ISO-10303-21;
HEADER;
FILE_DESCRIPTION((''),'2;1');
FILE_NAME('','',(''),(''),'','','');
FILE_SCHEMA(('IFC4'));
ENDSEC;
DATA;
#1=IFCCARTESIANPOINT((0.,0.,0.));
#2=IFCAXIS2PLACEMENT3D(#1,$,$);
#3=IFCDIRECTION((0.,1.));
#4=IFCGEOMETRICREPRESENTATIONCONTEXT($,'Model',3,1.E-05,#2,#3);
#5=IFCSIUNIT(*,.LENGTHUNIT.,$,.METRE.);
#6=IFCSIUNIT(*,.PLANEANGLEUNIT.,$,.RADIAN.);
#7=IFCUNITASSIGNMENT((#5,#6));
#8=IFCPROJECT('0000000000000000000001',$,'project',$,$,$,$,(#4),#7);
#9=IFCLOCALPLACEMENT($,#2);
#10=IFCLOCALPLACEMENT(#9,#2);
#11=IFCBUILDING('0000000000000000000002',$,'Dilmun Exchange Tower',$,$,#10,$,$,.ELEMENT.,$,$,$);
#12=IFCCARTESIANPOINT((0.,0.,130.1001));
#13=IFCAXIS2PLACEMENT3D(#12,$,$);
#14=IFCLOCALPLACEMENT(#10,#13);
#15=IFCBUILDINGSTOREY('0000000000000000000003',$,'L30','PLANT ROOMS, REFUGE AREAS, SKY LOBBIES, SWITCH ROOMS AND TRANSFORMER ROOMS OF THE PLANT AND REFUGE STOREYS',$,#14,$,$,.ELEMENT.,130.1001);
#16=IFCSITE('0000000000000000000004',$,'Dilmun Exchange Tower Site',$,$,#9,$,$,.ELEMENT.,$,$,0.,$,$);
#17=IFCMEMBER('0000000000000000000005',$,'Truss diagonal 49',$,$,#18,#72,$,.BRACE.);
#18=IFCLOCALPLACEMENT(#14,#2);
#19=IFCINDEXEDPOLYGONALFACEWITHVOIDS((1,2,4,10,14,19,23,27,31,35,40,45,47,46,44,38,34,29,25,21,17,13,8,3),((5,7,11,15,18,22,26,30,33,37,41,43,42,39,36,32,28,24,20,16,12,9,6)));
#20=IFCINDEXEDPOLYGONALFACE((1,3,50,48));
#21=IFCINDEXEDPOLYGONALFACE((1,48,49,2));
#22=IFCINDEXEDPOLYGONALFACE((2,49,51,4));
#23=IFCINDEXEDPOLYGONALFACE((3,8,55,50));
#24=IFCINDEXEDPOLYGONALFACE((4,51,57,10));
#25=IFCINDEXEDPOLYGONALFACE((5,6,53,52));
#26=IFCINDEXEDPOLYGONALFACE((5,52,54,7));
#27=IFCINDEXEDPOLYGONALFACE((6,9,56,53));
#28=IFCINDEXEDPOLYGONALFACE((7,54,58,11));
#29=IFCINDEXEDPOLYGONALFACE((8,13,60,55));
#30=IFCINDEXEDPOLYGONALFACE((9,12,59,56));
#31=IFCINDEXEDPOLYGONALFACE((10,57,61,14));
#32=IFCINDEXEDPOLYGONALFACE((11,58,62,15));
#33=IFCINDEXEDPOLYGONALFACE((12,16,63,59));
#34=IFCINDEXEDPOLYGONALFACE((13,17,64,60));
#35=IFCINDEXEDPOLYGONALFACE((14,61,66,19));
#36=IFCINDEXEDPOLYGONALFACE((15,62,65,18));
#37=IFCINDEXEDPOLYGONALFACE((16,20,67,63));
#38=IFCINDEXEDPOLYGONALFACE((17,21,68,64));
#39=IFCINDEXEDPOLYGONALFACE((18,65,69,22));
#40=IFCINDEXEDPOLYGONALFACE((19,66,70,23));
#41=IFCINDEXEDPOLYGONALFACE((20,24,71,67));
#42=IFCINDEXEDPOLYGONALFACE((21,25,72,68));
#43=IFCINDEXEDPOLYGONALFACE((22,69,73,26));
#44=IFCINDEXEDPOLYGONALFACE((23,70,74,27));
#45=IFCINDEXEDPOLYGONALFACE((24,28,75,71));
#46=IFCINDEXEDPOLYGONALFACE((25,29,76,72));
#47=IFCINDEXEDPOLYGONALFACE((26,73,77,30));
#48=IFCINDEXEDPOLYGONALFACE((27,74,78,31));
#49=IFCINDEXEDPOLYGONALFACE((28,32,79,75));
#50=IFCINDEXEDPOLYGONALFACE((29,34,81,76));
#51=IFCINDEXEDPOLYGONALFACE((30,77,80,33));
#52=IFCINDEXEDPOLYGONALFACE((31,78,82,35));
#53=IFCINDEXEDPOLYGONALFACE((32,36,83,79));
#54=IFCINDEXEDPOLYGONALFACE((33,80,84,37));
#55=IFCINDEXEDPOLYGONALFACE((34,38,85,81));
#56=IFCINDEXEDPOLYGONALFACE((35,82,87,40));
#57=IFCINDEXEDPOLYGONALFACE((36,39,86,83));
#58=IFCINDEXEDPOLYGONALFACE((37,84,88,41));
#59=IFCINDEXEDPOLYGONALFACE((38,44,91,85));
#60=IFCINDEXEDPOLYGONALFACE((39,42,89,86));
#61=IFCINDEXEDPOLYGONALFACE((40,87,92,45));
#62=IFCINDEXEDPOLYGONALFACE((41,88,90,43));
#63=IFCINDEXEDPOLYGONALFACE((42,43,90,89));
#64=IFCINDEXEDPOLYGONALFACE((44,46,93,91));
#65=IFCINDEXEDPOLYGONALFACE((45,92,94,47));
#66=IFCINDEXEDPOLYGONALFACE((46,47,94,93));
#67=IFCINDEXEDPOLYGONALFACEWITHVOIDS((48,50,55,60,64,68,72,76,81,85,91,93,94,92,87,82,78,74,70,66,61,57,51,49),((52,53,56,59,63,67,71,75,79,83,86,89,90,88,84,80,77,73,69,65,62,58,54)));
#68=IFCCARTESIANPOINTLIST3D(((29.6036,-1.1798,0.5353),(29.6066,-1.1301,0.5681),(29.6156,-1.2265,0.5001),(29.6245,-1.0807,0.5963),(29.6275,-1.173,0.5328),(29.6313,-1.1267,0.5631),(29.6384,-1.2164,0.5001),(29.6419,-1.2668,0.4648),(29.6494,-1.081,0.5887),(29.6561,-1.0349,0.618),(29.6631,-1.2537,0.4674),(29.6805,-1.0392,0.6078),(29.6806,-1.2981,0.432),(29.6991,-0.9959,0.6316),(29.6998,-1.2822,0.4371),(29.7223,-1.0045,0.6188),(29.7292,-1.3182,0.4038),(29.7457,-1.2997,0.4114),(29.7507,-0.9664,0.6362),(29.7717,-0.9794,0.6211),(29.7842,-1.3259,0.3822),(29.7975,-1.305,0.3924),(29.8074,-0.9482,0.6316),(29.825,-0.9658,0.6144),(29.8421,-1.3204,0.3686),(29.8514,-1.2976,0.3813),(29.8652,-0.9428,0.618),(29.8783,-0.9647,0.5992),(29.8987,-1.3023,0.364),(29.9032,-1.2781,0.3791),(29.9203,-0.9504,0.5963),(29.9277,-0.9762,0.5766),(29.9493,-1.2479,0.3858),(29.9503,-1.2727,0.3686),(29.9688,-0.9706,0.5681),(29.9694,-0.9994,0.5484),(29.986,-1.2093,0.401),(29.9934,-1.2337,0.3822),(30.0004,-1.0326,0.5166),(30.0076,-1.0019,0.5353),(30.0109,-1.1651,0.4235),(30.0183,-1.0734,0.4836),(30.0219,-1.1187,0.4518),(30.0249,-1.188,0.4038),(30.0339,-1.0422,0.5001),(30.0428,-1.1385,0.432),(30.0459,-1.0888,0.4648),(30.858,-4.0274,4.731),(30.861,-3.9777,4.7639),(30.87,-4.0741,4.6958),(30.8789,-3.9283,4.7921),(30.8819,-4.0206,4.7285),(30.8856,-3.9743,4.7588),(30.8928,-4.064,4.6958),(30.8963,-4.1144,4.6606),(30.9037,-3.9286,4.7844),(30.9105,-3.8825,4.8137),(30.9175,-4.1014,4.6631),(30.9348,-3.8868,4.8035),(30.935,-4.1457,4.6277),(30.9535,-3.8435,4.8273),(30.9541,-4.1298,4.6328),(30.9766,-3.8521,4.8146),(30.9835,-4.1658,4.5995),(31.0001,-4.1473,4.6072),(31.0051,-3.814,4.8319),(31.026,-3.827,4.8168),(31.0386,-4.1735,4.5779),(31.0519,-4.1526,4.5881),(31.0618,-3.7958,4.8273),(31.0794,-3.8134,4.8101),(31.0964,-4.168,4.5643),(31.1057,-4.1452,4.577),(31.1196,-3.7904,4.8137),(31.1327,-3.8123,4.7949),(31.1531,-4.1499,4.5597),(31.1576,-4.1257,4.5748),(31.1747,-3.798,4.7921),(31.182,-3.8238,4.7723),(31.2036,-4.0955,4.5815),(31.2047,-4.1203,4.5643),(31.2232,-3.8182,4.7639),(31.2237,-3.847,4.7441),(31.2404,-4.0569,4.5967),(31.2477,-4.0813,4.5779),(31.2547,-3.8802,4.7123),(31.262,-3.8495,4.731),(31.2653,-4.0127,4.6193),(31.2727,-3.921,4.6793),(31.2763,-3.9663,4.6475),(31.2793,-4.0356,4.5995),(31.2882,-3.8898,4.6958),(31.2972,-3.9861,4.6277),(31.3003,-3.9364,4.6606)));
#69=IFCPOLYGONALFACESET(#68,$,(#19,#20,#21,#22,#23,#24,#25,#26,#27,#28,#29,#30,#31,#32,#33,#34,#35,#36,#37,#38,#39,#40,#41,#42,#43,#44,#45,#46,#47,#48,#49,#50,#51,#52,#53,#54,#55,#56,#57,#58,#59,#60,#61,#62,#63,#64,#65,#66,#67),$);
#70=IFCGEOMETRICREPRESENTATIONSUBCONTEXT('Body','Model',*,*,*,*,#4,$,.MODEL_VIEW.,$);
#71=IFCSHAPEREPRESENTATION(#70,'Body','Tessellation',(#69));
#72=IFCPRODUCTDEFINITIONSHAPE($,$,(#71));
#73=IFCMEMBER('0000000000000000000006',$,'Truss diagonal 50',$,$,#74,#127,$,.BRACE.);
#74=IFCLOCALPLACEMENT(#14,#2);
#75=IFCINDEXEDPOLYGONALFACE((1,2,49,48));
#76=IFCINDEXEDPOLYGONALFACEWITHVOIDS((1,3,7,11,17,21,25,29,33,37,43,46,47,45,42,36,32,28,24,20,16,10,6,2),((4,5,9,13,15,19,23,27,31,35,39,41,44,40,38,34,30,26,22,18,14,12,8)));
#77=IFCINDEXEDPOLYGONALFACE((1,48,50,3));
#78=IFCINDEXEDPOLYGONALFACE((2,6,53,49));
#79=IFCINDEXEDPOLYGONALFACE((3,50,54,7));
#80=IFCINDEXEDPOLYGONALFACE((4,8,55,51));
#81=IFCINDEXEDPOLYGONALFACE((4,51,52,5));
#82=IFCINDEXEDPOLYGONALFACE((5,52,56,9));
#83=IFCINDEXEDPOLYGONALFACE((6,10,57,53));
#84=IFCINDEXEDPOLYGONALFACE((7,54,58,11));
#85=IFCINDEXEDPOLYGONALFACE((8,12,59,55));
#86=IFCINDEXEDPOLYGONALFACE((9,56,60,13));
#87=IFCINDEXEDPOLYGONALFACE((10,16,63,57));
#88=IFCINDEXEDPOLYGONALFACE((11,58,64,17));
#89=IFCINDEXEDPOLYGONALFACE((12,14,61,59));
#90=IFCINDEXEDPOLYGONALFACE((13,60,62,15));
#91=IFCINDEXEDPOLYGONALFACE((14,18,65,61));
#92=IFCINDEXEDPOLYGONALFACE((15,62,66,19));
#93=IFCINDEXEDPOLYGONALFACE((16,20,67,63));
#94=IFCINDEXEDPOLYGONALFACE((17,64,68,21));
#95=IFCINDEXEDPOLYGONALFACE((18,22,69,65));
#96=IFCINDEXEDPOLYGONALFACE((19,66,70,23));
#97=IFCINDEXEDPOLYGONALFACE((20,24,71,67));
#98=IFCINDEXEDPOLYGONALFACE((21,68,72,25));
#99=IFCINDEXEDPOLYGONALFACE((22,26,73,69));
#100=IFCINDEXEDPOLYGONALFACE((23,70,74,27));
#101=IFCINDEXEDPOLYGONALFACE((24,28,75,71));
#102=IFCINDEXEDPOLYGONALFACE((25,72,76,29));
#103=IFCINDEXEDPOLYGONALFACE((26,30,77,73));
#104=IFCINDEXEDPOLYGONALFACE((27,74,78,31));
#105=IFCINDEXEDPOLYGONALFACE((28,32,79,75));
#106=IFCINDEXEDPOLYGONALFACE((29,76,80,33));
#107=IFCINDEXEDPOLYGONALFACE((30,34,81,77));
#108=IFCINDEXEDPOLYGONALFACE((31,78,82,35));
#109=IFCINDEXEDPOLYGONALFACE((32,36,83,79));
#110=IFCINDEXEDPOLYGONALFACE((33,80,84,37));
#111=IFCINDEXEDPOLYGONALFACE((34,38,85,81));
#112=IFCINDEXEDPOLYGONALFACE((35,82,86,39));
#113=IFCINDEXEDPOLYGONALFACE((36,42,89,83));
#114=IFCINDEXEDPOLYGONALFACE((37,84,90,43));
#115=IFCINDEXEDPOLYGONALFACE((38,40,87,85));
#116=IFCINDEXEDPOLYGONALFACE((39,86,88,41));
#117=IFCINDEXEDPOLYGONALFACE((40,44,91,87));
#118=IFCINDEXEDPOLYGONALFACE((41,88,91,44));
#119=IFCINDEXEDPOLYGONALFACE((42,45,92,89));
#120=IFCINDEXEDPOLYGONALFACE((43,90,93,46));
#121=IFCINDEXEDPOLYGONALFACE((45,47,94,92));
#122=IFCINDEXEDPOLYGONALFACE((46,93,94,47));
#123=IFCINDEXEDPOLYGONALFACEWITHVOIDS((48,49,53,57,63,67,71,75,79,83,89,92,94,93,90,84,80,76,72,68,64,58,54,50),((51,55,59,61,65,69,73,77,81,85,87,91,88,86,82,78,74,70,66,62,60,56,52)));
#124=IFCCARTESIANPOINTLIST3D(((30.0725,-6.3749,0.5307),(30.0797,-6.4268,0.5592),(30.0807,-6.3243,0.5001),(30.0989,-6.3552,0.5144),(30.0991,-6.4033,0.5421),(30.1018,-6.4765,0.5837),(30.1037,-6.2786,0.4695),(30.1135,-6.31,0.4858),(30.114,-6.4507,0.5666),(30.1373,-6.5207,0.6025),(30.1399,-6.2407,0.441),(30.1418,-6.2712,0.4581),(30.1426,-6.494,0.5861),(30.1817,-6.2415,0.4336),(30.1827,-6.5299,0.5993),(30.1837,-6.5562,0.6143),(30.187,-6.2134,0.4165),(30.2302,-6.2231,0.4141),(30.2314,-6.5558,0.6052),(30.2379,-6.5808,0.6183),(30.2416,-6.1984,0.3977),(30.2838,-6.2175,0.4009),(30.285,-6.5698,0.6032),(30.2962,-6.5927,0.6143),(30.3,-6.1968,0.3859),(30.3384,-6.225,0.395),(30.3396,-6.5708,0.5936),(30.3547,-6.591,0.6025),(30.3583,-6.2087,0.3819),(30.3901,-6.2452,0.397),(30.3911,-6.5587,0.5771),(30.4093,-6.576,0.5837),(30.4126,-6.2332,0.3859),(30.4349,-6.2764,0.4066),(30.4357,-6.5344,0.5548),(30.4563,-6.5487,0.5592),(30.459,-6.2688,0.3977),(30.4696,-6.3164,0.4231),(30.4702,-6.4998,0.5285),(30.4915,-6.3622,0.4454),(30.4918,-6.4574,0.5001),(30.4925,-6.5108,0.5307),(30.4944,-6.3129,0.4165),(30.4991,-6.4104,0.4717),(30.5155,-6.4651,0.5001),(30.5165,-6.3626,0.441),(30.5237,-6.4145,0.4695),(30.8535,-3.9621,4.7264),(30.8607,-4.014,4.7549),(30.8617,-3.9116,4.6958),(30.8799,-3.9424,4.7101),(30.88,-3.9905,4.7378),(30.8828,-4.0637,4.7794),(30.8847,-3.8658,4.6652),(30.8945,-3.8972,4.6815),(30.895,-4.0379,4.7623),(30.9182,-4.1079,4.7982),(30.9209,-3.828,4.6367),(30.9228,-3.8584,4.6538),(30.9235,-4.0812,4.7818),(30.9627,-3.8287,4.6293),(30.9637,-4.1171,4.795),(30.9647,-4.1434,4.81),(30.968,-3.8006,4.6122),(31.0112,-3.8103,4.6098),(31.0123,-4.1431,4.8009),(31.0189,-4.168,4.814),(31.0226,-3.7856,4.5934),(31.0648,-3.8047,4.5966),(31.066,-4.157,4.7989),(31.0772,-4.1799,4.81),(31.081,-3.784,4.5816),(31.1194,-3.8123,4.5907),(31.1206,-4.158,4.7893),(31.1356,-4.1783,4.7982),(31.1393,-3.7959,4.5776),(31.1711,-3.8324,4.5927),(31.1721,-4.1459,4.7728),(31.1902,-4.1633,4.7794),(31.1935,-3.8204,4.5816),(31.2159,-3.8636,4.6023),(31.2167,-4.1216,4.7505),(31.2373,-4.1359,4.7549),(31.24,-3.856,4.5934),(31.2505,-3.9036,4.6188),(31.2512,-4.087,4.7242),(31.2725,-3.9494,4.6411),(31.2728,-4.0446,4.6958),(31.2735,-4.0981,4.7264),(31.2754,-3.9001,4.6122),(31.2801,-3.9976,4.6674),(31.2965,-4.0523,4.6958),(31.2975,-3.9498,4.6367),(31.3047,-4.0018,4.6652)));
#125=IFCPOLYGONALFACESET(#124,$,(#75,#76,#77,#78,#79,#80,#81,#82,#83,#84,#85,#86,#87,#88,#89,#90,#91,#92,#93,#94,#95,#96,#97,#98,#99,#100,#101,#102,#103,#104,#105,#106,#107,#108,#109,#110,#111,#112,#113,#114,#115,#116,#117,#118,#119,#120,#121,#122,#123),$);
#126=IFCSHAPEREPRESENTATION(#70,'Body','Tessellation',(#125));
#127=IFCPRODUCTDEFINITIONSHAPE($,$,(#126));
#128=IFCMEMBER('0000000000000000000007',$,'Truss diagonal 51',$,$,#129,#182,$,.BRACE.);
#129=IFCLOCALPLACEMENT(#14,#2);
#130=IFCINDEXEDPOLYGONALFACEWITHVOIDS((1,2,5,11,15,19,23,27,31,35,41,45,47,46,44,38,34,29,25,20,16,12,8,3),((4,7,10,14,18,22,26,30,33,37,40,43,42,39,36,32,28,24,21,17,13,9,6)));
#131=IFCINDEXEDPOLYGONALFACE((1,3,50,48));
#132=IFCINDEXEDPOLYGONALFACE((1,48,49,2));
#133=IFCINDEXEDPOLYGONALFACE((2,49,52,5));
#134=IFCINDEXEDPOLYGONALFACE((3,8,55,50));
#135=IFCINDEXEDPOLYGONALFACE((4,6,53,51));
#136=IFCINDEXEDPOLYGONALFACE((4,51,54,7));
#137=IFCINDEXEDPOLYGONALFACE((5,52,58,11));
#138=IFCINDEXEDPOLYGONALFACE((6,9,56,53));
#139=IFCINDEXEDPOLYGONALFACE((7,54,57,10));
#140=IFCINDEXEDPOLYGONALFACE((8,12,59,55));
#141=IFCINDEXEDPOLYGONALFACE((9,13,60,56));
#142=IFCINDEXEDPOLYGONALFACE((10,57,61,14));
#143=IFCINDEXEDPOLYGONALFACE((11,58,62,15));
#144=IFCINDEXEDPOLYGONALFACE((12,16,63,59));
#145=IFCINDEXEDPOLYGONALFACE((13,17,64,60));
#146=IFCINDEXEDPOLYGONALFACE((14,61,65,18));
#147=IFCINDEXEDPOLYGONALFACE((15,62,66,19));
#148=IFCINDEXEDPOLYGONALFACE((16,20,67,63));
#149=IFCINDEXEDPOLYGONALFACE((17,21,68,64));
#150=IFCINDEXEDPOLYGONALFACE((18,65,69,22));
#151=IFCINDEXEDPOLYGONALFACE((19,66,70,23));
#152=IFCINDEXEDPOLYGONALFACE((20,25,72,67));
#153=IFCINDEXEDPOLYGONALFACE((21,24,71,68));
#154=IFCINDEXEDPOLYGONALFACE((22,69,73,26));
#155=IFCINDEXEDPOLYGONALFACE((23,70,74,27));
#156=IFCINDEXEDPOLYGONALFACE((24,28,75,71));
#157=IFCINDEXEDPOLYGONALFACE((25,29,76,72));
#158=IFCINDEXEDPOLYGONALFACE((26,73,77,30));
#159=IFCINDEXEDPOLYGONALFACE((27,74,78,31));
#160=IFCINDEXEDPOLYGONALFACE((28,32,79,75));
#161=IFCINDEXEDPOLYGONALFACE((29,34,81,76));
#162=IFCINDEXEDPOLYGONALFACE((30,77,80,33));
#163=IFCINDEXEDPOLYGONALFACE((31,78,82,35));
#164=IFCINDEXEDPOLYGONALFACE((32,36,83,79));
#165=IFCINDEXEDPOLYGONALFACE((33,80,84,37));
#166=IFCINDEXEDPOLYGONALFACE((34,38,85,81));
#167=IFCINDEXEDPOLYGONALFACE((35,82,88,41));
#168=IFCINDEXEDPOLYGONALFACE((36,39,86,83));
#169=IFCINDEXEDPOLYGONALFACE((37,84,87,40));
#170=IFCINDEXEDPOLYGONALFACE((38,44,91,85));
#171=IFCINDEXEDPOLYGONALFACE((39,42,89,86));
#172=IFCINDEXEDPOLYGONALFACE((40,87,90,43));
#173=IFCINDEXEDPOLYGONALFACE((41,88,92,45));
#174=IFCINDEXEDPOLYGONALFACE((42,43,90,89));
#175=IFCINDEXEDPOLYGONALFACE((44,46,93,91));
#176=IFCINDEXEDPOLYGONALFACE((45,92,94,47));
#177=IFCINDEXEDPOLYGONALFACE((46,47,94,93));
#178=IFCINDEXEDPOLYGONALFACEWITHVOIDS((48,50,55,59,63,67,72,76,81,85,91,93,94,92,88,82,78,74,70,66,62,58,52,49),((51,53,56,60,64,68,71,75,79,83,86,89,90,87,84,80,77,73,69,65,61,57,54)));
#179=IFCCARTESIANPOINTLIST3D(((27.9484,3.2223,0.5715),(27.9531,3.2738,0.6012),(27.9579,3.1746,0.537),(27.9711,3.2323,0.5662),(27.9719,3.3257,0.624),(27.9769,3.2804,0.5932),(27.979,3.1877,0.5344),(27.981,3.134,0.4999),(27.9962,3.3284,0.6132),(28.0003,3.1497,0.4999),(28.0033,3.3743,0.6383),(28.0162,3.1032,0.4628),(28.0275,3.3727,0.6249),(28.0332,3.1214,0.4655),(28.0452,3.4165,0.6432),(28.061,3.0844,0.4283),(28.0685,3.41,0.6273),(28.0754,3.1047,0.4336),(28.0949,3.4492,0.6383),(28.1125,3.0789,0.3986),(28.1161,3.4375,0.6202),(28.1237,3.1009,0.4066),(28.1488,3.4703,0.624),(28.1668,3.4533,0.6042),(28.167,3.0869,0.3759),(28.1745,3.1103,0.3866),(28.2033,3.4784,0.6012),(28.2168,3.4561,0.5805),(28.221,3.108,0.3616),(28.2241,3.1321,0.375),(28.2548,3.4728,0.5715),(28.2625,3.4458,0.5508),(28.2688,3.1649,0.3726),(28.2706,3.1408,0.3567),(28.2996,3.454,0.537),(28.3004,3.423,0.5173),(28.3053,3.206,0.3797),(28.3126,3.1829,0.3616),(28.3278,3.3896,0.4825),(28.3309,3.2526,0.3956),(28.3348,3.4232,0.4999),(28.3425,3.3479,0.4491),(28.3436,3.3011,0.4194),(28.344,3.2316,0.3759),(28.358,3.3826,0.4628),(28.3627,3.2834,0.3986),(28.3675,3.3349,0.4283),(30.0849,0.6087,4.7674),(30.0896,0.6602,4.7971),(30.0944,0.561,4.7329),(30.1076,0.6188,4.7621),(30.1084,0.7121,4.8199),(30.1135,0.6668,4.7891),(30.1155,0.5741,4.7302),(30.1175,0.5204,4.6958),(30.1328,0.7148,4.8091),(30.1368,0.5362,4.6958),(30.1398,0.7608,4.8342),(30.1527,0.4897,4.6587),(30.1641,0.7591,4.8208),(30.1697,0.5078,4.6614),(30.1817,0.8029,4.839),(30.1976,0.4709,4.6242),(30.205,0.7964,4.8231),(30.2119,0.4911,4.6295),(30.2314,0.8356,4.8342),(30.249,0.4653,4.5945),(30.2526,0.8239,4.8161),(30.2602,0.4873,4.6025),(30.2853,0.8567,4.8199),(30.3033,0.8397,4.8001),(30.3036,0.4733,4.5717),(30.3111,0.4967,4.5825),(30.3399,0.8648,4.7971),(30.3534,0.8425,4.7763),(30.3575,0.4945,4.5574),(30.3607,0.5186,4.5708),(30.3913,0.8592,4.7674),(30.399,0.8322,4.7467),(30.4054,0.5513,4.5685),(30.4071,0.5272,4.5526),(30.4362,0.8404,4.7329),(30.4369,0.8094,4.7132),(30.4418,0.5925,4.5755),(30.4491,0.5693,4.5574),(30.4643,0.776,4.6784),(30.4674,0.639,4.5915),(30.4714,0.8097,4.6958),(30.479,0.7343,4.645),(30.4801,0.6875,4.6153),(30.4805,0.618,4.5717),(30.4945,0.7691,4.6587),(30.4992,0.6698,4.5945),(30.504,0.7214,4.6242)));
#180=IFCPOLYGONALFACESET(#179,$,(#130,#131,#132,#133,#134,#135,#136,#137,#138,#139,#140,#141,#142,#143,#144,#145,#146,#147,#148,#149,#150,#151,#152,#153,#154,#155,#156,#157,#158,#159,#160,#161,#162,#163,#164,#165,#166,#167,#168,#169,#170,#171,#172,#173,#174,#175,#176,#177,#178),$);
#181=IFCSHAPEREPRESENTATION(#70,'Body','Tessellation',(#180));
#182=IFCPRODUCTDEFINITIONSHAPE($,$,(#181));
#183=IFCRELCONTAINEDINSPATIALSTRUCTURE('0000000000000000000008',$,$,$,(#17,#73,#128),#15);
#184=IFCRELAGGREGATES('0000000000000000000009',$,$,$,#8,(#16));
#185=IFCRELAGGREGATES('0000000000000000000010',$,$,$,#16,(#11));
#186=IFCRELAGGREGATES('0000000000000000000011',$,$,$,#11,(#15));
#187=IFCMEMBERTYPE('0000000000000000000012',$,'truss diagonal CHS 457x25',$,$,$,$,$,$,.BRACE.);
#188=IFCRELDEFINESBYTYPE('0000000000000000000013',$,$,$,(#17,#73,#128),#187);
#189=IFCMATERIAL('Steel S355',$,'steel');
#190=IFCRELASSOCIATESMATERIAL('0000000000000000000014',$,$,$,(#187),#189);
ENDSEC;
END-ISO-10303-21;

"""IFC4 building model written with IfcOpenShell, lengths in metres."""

from ifc_helpers import new_model, si_unit, direction, frame, origin, origin_2d, place, context, subcontext, project, spatial, hollow_circle, extrude, material, material_profile, profile_set, type_object, element, save


model = new_model("IFC4")

# Units and contexts
model_context = context("Model", 3, precision=1e-05, world=origin(), true_north=direction((0.0, 1.0)))
body_context = subcontext(model_context, "Body", "Model", "MODEL_VIEW")
ifc_project = project(units=[si_unit("LENGTHUNIT", "METRE"), si_unit("PLANEANGLEUNIT", "RADIAN")], contexts=[model_context])

# Site, building, storey
site_placement = place(None, origin())
site = spatial("IfcSite", under=ifc_project, at=site_placement, Name="Dilmun Exchange Tower Site", CompositionType="ELEMENT", RefElevation=0.0)
building_placement = place(site_placement, origin())
building = spatial("IfcBuilding", under=site, at=building_placement, Name="Dilmun Exchange Tower", CompositionType="ELEMENT")
storey_placement = place(building_placement, frame((0.0, 0.0, 130.1001)))
storey = spatial("IfcBuildingStorey", under=building, at=storey_placement, Name="L30", Description="PLANT ROOMS, REFUGE AREAS, SKY LOBBIES, SWITCH ROOMS AND TRANSFORMER ROOMS OF THE PLANT AND REFUGE STOREYS", CompositionType="ELEMENT", Elevation=130.1001)

# Shared definitions
ifc_material_1 = material(Name="Steel S355", Category="steel")

# Members
ifc_material_profile_1 = material_profile(ifc_material_1, hollow_circle(Radius=0.2285, WallThickness=0.0249, at=origin_2d()), Name="CHS 457x25")
ifc_profile_set_1 = profile_set([ifc_material_profile_1], Name="Steel S355")
member_type = type_object("IfcMemberType", Name="truss diagonal CHS 457x25", PredefinedType="BRACE", material=ifc_profile_set_1)
member_1_placement = place(storey_placement, frame((31.0791, -3.9819, 4.6958), z_axis=(-0.240134, 0.545138, -0.803219), x_axis=(-0.915146, -0.403122, 0.0)))
element("IfcMember", 1, at=member_1_placement, inside=storey, type_object=member_type, Name="Truss diagonal 49", PredefinedType="BRACE", context=body_context, shape_type="SweptSolid", body=[
    extrude(hollow_circle(Radius=0.2285, WallThickness=0.0249, at=origin_2d()), origin(), (0.0, 0.0, 1.0), 5.2236),
])
member_2_placement = place(storey_placement, frame((31.0791, -3.9819, 4.6958), z_axis=(-0.159301, -0.492145, -0.855813), x_axis=(0.951401, -0.307956, 0.0)))
element("IfcMember", 2, at=member_2_placement, inside=storey, type_object=member_type, Name="Truss diagonal 50", PredefinedType="BRACE", context=body_context, shape_type="SweptSolid", body=[
    extrude(hollow_circle(Radius=0.2285, WallThickness=0.0249, at=origin_2d()), origin(), (0.0, 0.0, 1.0), 4.9026),
])
member_3_placement = place(storey_placement, frame((30.2944, 0.665, 4.6958), z_axis=(-0.396735, 0.485321, -0.779144), x_axis=(-0.774228, -0.632907, 0.0)))
element("IfcMember", 3, at=member_3_placement, inside=storey, type_object=member_type, Name="Truss diagonal 51", PredefinedType="BRACE", context=body_context, shape_type="SweptSolid", body=[
    extrude(hollow_circle(Radius=0.2285, WallThickness=0.0249, at=origin_2d()), origin(), (0.0, 0.0, 1.0), 5.3853),
])

save(model, "model.ifc")
